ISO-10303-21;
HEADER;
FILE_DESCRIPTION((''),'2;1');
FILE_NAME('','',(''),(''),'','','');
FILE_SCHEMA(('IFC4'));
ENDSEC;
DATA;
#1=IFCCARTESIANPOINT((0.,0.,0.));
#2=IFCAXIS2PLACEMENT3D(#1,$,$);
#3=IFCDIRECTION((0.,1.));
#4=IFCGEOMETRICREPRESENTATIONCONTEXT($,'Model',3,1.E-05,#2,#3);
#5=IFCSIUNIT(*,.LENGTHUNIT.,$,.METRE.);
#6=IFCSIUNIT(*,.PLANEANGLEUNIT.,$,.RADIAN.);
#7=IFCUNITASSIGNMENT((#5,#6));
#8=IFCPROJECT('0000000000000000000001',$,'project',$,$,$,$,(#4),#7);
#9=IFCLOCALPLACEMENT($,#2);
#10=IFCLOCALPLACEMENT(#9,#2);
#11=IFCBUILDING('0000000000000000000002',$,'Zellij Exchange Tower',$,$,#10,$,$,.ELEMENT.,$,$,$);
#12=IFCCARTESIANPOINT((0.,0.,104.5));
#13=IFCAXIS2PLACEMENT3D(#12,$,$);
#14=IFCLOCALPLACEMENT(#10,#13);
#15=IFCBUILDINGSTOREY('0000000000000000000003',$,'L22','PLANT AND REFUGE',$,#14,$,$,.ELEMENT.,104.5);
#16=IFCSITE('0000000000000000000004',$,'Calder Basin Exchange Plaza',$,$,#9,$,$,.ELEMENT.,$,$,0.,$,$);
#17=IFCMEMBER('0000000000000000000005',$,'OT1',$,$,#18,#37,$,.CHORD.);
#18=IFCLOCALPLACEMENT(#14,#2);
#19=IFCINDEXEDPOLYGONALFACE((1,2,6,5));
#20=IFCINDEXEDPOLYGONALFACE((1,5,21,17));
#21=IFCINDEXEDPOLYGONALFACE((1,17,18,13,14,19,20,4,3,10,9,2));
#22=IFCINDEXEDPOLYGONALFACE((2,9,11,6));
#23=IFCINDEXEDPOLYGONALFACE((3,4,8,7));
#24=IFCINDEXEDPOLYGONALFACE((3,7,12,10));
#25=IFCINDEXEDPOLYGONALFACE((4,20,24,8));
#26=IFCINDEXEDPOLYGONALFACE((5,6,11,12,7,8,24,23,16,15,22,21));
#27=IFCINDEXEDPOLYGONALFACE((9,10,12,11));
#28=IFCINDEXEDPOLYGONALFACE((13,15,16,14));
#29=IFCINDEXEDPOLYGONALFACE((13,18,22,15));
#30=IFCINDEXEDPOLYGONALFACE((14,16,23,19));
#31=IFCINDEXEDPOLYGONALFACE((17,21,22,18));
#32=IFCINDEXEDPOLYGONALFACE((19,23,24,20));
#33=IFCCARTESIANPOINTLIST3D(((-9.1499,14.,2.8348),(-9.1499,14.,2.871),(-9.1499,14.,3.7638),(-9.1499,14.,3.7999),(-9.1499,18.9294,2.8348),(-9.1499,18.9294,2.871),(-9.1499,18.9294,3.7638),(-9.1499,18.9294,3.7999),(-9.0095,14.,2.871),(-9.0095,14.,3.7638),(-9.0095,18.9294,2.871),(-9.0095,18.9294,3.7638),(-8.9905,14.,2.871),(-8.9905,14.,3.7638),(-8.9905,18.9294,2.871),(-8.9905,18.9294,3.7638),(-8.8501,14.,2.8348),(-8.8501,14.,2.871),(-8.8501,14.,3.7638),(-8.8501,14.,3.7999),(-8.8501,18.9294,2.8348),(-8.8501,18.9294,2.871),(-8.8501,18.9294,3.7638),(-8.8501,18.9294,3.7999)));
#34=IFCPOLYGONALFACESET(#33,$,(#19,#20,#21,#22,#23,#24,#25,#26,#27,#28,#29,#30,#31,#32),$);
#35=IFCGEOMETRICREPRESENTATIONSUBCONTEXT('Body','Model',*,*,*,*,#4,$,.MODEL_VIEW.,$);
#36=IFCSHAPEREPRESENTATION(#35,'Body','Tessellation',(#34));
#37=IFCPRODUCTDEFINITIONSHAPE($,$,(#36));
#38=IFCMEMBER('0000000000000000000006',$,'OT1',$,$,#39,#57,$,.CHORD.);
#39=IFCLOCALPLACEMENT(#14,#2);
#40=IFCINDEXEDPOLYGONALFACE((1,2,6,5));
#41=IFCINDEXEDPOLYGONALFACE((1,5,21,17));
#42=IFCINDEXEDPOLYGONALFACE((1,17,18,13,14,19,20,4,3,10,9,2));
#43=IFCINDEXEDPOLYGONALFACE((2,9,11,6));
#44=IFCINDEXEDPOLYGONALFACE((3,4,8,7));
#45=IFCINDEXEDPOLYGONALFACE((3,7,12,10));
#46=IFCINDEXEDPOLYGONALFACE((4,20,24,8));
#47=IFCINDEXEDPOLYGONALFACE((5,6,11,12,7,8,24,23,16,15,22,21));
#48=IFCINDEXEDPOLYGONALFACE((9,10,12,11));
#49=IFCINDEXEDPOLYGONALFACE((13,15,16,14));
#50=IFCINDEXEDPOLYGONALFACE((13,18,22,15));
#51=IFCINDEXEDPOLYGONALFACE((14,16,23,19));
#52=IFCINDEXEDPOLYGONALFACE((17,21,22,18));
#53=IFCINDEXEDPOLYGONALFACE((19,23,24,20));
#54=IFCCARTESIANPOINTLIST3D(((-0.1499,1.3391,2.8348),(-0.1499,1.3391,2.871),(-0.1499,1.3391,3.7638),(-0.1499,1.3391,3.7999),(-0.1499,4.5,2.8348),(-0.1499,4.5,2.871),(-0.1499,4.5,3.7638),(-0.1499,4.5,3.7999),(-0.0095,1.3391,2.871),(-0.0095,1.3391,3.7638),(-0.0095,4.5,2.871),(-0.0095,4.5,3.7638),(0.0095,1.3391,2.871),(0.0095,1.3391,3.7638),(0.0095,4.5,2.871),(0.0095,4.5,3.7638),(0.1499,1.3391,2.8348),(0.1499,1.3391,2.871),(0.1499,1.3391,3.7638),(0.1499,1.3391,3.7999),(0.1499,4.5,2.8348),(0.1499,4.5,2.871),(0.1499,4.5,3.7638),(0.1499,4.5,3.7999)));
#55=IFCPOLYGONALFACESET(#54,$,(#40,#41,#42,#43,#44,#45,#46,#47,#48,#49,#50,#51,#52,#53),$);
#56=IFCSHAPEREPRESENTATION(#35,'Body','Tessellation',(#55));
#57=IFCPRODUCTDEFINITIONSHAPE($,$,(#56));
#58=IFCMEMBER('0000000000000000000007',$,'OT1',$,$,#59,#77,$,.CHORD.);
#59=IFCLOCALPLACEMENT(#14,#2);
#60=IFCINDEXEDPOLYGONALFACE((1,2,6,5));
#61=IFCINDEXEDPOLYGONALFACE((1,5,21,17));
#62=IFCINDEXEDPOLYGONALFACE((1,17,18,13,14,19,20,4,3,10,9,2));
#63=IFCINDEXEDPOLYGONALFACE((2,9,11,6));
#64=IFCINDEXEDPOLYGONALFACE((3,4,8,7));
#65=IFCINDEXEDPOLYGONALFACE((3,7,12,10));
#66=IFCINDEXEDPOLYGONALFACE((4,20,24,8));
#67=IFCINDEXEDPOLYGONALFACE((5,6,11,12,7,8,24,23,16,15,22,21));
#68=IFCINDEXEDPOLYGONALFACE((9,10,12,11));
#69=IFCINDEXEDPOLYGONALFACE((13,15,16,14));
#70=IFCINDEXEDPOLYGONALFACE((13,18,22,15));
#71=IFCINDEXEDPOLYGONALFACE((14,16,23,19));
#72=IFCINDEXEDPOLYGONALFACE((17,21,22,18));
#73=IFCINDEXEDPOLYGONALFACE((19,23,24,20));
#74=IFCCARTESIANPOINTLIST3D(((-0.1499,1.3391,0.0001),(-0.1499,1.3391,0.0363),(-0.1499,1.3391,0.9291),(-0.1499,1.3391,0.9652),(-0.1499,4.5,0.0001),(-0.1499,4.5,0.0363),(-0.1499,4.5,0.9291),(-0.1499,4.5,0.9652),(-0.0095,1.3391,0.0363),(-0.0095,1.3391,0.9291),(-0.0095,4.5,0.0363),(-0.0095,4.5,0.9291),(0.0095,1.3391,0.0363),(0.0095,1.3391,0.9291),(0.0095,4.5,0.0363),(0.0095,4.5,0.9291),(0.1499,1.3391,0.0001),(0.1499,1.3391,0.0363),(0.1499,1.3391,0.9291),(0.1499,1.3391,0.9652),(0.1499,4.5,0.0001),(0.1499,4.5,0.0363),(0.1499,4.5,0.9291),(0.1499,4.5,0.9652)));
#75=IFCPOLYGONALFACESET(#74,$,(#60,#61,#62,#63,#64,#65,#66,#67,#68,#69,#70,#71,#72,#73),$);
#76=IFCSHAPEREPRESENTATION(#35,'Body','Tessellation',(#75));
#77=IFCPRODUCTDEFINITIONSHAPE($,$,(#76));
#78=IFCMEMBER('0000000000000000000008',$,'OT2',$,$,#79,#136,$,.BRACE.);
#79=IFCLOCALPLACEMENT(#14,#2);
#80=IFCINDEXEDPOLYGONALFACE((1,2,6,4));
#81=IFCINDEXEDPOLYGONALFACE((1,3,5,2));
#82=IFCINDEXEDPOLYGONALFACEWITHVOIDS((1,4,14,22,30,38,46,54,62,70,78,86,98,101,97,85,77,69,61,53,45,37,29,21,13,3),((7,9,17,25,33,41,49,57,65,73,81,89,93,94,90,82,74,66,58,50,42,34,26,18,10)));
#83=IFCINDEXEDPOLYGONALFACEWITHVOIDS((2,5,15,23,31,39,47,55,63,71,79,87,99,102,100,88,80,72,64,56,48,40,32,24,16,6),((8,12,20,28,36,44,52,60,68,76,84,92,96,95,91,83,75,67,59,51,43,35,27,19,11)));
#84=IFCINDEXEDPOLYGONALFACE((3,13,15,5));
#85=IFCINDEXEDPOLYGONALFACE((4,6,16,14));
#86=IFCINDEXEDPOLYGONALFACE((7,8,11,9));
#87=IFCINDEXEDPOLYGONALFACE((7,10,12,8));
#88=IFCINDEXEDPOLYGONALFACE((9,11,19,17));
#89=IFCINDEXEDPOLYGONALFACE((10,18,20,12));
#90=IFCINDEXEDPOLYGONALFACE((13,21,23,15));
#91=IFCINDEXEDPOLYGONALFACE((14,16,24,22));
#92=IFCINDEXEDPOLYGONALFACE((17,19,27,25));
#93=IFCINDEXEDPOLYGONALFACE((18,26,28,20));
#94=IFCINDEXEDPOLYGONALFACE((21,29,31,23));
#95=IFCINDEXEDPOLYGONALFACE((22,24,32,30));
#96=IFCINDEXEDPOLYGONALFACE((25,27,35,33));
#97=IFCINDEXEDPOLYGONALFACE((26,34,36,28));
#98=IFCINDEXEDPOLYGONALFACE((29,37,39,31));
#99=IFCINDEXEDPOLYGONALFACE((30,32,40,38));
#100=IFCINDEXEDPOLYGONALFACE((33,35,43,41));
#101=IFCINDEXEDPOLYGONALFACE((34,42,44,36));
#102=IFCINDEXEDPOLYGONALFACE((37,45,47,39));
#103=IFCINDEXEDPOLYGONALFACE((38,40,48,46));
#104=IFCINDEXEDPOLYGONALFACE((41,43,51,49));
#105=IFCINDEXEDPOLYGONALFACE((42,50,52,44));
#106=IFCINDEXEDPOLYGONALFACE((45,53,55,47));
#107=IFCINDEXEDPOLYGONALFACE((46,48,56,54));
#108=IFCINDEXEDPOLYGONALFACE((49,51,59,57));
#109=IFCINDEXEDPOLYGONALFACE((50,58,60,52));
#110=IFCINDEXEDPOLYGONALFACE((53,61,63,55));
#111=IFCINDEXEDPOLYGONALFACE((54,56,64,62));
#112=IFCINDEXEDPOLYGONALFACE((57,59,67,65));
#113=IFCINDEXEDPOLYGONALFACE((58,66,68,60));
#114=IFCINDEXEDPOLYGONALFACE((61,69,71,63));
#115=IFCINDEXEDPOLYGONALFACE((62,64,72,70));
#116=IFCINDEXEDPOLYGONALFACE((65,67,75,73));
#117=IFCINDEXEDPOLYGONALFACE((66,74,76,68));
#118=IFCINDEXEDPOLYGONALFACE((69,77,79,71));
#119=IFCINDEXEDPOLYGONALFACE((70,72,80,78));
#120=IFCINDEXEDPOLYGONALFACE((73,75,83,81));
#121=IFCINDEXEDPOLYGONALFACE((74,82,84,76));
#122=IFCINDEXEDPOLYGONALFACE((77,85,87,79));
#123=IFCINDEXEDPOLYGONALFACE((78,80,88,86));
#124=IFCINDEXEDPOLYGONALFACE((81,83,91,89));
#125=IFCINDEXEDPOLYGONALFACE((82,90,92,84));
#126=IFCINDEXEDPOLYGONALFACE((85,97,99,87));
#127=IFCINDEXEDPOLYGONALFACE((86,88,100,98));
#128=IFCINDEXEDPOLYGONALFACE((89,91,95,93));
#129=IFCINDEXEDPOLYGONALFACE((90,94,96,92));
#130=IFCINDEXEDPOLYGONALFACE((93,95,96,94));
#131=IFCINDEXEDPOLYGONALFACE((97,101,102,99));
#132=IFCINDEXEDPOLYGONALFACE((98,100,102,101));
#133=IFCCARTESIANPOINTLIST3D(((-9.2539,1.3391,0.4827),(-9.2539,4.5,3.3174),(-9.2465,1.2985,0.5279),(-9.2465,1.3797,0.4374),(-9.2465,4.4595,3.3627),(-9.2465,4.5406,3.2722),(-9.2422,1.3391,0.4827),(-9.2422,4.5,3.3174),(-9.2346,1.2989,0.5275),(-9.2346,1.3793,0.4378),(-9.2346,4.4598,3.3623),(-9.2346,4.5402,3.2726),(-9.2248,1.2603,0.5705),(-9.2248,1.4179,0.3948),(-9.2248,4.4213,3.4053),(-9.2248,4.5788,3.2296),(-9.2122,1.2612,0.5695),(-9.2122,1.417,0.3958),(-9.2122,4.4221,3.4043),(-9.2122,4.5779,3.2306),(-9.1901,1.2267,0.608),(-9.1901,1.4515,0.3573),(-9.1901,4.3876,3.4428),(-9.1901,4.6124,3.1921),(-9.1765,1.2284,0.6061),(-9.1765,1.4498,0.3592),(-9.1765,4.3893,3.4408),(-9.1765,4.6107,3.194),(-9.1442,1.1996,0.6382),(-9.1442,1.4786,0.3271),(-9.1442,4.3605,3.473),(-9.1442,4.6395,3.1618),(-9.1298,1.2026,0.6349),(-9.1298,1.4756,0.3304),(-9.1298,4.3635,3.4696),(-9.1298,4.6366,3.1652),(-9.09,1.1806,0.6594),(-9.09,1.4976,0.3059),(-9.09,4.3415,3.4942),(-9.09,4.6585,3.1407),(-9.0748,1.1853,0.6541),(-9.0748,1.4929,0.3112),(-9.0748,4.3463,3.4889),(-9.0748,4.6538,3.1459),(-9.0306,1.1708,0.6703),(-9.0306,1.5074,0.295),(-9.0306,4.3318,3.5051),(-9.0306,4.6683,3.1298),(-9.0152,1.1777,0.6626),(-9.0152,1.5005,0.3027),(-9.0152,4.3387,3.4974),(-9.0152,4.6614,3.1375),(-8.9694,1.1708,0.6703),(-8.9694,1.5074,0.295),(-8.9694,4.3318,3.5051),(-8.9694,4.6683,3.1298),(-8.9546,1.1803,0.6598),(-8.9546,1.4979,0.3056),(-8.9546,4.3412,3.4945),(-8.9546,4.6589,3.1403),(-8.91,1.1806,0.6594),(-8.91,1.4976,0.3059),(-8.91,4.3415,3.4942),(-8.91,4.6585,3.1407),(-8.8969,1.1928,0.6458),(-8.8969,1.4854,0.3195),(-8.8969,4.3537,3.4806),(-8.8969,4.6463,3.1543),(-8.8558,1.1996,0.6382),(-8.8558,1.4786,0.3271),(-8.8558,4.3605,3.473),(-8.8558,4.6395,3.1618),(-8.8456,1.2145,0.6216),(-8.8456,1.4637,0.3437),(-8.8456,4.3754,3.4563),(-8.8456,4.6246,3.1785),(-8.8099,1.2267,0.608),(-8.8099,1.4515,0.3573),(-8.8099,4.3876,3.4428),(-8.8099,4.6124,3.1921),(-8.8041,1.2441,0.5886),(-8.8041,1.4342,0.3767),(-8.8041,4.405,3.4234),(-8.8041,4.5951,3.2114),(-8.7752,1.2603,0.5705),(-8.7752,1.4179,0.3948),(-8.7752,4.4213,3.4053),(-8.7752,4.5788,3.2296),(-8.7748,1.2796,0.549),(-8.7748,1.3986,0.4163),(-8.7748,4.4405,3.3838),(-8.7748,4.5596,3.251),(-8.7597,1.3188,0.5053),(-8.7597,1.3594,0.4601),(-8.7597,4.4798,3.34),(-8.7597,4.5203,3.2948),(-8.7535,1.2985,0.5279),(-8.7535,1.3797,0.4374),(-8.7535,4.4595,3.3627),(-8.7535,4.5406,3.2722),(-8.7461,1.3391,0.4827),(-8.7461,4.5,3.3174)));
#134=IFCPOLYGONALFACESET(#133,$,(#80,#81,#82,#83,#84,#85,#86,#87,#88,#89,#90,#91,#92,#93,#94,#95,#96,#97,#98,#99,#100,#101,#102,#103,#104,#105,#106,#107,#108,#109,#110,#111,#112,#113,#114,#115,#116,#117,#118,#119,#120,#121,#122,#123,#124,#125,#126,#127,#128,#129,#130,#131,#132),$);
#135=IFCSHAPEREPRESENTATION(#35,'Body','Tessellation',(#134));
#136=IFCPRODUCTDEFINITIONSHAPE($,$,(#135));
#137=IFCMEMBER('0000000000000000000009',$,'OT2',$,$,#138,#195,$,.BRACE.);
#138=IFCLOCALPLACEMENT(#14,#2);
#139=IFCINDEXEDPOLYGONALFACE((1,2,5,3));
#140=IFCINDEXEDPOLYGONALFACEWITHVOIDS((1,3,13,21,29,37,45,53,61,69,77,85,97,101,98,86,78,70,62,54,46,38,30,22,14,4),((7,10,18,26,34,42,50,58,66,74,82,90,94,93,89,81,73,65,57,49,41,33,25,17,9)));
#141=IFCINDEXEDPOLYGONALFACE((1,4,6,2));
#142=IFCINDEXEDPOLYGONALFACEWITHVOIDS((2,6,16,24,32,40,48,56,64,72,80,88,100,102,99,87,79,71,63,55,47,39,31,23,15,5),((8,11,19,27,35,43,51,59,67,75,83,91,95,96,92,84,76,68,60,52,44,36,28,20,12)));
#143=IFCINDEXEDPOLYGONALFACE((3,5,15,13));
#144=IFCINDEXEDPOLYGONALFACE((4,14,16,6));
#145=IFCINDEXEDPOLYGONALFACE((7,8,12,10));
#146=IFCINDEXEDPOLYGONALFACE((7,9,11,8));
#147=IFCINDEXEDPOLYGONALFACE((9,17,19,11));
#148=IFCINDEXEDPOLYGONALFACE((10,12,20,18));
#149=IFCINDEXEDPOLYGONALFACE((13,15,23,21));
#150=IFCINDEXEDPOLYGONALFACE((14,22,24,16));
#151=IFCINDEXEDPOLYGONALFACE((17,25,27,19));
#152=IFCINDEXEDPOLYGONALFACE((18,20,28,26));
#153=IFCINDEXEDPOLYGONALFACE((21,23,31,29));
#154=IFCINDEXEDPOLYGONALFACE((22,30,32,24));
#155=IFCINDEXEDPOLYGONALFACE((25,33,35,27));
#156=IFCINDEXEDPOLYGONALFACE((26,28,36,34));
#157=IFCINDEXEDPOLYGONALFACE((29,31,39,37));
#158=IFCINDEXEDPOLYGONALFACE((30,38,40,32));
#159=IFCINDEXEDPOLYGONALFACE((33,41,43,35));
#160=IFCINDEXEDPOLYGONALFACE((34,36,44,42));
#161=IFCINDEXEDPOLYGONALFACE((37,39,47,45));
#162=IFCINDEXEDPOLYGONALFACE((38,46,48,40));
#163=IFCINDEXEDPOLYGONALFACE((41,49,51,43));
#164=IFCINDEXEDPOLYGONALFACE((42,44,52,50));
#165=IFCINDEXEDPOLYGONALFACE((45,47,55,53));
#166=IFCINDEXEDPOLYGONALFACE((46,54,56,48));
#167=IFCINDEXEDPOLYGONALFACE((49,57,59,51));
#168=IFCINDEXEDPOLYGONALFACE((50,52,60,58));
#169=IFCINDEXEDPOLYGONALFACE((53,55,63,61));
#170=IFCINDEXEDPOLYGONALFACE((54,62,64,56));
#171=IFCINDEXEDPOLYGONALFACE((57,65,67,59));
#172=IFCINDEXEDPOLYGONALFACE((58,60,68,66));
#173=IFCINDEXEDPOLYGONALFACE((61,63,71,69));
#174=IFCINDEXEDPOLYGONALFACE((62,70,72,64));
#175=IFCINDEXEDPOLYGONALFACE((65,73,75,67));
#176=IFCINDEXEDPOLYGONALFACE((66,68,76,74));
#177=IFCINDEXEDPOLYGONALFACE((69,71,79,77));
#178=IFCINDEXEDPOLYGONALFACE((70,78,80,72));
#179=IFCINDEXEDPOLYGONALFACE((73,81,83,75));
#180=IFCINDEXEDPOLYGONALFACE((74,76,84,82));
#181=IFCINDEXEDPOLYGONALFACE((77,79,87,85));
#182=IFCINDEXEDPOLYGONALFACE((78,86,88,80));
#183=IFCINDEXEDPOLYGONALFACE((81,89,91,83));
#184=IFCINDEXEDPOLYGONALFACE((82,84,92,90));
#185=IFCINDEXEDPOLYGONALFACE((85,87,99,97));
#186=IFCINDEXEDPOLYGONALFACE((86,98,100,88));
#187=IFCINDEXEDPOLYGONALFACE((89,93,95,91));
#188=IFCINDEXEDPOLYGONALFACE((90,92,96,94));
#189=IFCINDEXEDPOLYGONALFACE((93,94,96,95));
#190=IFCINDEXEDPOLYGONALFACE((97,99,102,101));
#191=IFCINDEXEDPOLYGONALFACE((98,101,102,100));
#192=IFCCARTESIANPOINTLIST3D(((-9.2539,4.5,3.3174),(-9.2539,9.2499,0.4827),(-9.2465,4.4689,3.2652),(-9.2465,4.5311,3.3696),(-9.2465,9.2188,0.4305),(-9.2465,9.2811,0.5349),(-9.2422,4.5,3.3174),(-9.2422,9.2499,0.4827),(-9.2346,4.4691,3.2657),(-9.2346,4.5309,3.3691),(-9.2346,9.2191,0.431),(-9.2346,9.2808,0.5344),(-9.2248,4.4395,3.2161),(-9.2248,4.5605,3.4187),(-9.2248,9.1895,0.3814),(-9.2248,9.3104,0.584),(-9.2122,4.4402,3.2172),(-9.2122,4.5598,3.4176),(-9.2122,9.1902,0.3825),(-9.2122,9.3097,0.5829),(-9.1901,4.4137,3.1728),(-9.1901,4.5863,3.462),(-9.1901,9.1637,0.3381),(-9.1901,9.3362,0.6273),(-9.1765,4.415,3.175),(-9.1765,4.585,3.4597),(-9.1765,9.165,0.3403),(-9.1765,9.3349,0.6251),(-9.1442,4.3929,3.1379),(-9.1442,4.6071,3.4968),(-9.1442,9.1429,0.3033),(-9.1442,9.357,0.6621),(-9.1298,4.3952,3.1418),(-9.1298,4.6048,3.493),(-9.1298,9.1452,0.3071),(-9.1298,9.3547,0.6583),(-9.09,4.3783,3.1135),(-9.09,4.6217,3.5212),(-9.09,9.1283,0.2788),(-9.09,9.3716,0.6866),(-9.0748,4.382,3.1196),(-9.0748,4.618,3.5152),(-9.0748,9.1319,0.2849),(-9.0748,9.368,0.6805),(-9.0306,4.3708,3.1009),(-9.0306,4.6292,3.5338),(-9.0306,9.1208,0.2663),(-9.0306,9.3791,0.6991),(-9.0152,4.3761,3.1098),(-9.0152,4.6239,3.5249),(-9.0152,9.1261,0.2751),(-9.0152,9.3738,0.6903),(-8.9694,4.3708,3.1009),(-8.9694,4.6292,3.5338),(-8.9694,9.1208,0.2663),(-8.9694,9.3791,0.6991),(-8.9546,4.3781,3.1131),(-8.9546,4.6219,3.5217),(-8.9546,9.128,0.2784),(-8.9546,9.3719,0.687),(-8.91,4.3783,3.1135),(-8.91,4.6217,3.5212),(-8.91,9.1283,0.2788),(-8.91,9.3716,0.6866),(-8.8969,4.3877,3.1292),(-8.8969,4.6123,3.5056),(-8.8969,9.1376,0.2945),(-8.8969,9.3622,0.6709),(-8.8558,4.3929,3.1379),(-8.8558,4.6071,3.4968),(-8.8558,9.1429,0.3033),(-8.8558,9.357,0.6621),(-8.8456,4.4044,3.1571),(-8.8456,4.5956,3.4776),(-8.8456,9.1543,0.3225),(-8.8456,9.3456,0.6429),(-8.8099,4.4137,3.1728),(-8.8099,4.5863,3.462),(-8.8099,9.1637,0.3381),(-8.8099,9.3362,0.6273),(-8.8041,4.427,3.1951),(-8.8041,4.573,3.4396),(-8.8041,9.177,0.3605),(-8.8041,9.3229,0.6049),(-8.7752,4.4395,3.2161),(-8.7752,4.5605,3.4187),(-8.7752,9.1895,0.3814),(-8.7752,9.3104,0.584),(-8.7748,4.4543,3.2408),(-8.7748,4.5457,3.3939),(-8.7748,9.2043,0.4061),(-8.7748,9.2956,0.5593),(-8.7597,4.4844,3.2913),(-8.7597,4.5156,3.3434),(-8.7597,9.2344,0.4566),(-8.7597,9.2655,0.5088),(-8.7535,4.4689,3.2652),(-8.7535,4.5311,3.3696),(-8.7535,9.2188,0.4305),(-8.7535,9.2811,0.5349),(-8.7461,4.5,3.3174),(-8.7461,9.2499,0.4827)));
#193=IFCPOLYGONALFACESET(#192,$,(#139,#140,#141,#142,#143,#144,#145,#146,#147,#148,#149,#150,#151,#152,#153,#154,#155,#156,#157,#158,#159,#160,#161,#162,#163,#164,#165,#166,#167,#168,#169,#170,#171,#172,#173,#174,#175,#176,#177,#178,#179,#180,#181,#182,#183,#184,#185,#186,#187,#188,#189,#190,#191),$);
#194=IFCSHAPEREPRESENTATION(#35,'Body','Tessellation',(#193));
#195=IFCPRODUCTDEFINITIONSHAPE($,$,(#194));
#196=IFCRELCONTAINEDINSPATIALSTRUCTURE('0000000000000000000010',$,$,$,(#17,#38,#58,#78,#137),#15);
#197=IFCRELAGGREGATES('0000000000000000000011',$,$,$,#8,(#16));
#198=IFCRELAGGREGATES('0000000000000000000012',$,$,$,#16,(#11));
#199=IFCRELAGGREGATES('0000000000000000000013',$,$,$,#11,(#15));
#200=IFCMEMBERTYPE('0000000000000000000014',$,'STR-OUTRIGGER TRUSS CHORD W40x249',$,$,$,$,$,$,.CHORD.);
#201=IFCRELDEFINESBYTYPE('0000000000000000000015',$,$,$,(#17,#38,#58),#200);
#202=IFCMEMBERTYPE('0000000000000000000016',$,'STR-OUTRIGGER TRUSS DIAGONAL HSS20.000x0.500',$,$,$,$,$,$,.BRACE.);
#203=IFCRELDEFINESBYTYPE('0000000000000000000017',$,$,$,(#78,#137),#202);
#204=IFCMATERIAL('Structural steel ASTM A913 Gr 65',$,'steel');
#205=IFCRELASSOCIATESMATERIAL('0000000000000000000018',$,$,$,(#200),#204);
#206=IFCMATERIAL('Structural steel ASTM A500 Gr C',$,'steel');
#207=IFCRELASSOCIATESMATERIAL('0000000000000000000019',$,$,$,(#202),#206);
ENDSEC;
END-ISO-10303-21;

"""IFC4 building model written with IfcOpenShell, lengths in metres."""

from ifc_helpers import new_model, si_unit, direction, frame, origin, origin_2d, place, context, subcontext, project, spatial, hollow_circle, i_section, extrude, material, material_profile, profile_set, type_object, element, save


model = new_model("IFC4")

# Units and contexts
model_context = context("Model", 3, precision=1e-05, world=origin(), true_north=direction((0.0, 1.0)))
body_context = subcontext(model_context, "Body", "Model", "MODEL_VIEW")
ifc_project = project(units=[si_unit("LENGTHUNIT", "METRE"), si_unit("PLANEANGLEUNIT", "RADIAN")], contexts=[model_context])

# Site, building, storey
site_placement = place(None, origin())
site = spatial("IfcSite", under=ifc_project, at=site_placement, Name="Calder Basin Exchange Plaza", CompositionType="ELEMENT", RefElevation=0.0)
building_placement = place(site_placement, origin())
building = spatial("IfcBuilding", under=site, at=building_placement, Name="Zellij Exchange Tower", CompositionType="ELEMENT")
storey_placement = place(building_placement, frame((0.0, 0.0, 104.5)))
storey = spatial("IfcBuildingStorey", under=building, at=storey_placement, Name="L22", Description="PLANT AND REFUGE", CompositionType="ELEMENT", Elevation=104.5)

# Shared definitions
ifc_material_1 = material(Name="Structural steel ASTM A913 Gr 65", Category="steel")

# Members
ifc_material_profile_1 = material_profile(ifc_material_1, i_section(OverallWidth=0.2998, OverallDepth=0.9651, WebThickness=0.019, FlangeThickness=0.0361, at=origin_2d()), Name="W40x249")
ifc_profile_set_1 = profile_set([ifc_material_profile_1], Name="Structural steel ASTM A913 Gr 65")
member_type_1 = type_object("IfcMemberType", Name="STR-OUTRIGGER TRUSS CHORD W40x249", PredefinedType="CHORD", material=ifc_profile_set_1)
member_1_placement = place(storey_placement, frame((-9.0, 14.0, 3.3174), z_axis=(0.0, 1.0, 0.0), x_axis=(-1.0, 0.0, 0.0)))
element("IfcMember", 1, at=member_1_placement, inside=storey, type_object=member_type_1, Name="OT1", PredefinedType="CHORD", context=body_context, shape_type="SweptSolid", body=[
    extrude(i_section(OverallWidth=0.2998, OverallDepth=0.9651, WebThickness=0.019, FlangeThickness=0.0361, at=origin_2d()), origin(), (0.0, 0.0, 1.0), 4.9294),
])
for number, where, z_axis, x_axis, name in (
    (2, (0.0, 1.3391, 3.3174), (0.0, 1.0, 0.0), (-1.0, 0.0, 0.0), "OT1"),
    (3, (0.0, 1.3391, 0.4827), (0.0, 1.0, 0.0), (-1.0, 0.0, 0.0), "OT1"),
):
    element("IfcMember", number, at=place(storey_placement, frame(where, z_axis=z_axis, x_axis=x_axis)), inside=storey, type_object=member_type_1, Name=name, PredefinedType="CHORD", context=body_context, shape_type="SweptSolid", body=[
        extrude(i_section(OverallWidth=0.2998, OverallDepth=0.9651, WebThickness=0.019, FlangeThickness=0.0361, at=origin_2d()), origin(), (0.0, 0.0, 1.0), 3.1609),
    ])
ifc_material_2 = material(Name="Structural steel ASTM A500 Gr C", Category="steel")
ifc_material_profile_2 = material_profile(ifc_material_2, hollow_circle(Radius=0.2539, WallThickness=0.0117, at=origin_2d()), Name="STR-OUTRIGGER TRUSS DIAGONAL HSS20.000x0.500")
ifc_profile_set_2 = profile_set([ifc_material_profile_2], Name="Structural steel ASTM A500 Gr C")
member_type_2 = type_object("IfcMemberType", Name="STR-OUTRIGGER TRUSS DIAGONAL HSS20.000x0.500", PredefinedType="BRACE", material=ifc_profile_set_2)
member_2_placement = place(storey_placement, frame((-9.0, 1.3391, 0.4827), z_axis=(0.0, 0.744474, 0.667652), x_axis=(-1.0, 0.0, 0.0)))
element("IfcMember", 4, at=member_2_placement, inside=storey, type_object=member_type_2, Name="OT2", PredefinedType="BRACE", context=body_context, shape_type="SweptSolid", body=[
    extrude(hollow_circle(Radius=0.2539, WallThickness=0.0117, at=origin_2d()), origin(), (0.0, 0.0, 1.0), 4.2458),
])
for number, where, z_axis, x_axis, name in (
    (5, (-9.0, 4.5, 3.3174), (0.0, 0.858709, -0.512463), (-1.0, 0.0, 0.0), "OT2"),
):
    element("IfcMember", number, at=place(storey_placement, frame(where, z_axis=z_axis, x_axis=x_axis)), inside=storey, type_object=member_type_2, Name=name, PredefinedType="BRACE", context=body_context, shape_type="SweptSolid", body=[
        extrude(hollow_circle(Radius=0.2539, WallThickness=0.0117, at=origin_2d()), origin(), (0.0, 0.0, 1.0), 5.5315),
    ])

save(model, "model.ifc")
